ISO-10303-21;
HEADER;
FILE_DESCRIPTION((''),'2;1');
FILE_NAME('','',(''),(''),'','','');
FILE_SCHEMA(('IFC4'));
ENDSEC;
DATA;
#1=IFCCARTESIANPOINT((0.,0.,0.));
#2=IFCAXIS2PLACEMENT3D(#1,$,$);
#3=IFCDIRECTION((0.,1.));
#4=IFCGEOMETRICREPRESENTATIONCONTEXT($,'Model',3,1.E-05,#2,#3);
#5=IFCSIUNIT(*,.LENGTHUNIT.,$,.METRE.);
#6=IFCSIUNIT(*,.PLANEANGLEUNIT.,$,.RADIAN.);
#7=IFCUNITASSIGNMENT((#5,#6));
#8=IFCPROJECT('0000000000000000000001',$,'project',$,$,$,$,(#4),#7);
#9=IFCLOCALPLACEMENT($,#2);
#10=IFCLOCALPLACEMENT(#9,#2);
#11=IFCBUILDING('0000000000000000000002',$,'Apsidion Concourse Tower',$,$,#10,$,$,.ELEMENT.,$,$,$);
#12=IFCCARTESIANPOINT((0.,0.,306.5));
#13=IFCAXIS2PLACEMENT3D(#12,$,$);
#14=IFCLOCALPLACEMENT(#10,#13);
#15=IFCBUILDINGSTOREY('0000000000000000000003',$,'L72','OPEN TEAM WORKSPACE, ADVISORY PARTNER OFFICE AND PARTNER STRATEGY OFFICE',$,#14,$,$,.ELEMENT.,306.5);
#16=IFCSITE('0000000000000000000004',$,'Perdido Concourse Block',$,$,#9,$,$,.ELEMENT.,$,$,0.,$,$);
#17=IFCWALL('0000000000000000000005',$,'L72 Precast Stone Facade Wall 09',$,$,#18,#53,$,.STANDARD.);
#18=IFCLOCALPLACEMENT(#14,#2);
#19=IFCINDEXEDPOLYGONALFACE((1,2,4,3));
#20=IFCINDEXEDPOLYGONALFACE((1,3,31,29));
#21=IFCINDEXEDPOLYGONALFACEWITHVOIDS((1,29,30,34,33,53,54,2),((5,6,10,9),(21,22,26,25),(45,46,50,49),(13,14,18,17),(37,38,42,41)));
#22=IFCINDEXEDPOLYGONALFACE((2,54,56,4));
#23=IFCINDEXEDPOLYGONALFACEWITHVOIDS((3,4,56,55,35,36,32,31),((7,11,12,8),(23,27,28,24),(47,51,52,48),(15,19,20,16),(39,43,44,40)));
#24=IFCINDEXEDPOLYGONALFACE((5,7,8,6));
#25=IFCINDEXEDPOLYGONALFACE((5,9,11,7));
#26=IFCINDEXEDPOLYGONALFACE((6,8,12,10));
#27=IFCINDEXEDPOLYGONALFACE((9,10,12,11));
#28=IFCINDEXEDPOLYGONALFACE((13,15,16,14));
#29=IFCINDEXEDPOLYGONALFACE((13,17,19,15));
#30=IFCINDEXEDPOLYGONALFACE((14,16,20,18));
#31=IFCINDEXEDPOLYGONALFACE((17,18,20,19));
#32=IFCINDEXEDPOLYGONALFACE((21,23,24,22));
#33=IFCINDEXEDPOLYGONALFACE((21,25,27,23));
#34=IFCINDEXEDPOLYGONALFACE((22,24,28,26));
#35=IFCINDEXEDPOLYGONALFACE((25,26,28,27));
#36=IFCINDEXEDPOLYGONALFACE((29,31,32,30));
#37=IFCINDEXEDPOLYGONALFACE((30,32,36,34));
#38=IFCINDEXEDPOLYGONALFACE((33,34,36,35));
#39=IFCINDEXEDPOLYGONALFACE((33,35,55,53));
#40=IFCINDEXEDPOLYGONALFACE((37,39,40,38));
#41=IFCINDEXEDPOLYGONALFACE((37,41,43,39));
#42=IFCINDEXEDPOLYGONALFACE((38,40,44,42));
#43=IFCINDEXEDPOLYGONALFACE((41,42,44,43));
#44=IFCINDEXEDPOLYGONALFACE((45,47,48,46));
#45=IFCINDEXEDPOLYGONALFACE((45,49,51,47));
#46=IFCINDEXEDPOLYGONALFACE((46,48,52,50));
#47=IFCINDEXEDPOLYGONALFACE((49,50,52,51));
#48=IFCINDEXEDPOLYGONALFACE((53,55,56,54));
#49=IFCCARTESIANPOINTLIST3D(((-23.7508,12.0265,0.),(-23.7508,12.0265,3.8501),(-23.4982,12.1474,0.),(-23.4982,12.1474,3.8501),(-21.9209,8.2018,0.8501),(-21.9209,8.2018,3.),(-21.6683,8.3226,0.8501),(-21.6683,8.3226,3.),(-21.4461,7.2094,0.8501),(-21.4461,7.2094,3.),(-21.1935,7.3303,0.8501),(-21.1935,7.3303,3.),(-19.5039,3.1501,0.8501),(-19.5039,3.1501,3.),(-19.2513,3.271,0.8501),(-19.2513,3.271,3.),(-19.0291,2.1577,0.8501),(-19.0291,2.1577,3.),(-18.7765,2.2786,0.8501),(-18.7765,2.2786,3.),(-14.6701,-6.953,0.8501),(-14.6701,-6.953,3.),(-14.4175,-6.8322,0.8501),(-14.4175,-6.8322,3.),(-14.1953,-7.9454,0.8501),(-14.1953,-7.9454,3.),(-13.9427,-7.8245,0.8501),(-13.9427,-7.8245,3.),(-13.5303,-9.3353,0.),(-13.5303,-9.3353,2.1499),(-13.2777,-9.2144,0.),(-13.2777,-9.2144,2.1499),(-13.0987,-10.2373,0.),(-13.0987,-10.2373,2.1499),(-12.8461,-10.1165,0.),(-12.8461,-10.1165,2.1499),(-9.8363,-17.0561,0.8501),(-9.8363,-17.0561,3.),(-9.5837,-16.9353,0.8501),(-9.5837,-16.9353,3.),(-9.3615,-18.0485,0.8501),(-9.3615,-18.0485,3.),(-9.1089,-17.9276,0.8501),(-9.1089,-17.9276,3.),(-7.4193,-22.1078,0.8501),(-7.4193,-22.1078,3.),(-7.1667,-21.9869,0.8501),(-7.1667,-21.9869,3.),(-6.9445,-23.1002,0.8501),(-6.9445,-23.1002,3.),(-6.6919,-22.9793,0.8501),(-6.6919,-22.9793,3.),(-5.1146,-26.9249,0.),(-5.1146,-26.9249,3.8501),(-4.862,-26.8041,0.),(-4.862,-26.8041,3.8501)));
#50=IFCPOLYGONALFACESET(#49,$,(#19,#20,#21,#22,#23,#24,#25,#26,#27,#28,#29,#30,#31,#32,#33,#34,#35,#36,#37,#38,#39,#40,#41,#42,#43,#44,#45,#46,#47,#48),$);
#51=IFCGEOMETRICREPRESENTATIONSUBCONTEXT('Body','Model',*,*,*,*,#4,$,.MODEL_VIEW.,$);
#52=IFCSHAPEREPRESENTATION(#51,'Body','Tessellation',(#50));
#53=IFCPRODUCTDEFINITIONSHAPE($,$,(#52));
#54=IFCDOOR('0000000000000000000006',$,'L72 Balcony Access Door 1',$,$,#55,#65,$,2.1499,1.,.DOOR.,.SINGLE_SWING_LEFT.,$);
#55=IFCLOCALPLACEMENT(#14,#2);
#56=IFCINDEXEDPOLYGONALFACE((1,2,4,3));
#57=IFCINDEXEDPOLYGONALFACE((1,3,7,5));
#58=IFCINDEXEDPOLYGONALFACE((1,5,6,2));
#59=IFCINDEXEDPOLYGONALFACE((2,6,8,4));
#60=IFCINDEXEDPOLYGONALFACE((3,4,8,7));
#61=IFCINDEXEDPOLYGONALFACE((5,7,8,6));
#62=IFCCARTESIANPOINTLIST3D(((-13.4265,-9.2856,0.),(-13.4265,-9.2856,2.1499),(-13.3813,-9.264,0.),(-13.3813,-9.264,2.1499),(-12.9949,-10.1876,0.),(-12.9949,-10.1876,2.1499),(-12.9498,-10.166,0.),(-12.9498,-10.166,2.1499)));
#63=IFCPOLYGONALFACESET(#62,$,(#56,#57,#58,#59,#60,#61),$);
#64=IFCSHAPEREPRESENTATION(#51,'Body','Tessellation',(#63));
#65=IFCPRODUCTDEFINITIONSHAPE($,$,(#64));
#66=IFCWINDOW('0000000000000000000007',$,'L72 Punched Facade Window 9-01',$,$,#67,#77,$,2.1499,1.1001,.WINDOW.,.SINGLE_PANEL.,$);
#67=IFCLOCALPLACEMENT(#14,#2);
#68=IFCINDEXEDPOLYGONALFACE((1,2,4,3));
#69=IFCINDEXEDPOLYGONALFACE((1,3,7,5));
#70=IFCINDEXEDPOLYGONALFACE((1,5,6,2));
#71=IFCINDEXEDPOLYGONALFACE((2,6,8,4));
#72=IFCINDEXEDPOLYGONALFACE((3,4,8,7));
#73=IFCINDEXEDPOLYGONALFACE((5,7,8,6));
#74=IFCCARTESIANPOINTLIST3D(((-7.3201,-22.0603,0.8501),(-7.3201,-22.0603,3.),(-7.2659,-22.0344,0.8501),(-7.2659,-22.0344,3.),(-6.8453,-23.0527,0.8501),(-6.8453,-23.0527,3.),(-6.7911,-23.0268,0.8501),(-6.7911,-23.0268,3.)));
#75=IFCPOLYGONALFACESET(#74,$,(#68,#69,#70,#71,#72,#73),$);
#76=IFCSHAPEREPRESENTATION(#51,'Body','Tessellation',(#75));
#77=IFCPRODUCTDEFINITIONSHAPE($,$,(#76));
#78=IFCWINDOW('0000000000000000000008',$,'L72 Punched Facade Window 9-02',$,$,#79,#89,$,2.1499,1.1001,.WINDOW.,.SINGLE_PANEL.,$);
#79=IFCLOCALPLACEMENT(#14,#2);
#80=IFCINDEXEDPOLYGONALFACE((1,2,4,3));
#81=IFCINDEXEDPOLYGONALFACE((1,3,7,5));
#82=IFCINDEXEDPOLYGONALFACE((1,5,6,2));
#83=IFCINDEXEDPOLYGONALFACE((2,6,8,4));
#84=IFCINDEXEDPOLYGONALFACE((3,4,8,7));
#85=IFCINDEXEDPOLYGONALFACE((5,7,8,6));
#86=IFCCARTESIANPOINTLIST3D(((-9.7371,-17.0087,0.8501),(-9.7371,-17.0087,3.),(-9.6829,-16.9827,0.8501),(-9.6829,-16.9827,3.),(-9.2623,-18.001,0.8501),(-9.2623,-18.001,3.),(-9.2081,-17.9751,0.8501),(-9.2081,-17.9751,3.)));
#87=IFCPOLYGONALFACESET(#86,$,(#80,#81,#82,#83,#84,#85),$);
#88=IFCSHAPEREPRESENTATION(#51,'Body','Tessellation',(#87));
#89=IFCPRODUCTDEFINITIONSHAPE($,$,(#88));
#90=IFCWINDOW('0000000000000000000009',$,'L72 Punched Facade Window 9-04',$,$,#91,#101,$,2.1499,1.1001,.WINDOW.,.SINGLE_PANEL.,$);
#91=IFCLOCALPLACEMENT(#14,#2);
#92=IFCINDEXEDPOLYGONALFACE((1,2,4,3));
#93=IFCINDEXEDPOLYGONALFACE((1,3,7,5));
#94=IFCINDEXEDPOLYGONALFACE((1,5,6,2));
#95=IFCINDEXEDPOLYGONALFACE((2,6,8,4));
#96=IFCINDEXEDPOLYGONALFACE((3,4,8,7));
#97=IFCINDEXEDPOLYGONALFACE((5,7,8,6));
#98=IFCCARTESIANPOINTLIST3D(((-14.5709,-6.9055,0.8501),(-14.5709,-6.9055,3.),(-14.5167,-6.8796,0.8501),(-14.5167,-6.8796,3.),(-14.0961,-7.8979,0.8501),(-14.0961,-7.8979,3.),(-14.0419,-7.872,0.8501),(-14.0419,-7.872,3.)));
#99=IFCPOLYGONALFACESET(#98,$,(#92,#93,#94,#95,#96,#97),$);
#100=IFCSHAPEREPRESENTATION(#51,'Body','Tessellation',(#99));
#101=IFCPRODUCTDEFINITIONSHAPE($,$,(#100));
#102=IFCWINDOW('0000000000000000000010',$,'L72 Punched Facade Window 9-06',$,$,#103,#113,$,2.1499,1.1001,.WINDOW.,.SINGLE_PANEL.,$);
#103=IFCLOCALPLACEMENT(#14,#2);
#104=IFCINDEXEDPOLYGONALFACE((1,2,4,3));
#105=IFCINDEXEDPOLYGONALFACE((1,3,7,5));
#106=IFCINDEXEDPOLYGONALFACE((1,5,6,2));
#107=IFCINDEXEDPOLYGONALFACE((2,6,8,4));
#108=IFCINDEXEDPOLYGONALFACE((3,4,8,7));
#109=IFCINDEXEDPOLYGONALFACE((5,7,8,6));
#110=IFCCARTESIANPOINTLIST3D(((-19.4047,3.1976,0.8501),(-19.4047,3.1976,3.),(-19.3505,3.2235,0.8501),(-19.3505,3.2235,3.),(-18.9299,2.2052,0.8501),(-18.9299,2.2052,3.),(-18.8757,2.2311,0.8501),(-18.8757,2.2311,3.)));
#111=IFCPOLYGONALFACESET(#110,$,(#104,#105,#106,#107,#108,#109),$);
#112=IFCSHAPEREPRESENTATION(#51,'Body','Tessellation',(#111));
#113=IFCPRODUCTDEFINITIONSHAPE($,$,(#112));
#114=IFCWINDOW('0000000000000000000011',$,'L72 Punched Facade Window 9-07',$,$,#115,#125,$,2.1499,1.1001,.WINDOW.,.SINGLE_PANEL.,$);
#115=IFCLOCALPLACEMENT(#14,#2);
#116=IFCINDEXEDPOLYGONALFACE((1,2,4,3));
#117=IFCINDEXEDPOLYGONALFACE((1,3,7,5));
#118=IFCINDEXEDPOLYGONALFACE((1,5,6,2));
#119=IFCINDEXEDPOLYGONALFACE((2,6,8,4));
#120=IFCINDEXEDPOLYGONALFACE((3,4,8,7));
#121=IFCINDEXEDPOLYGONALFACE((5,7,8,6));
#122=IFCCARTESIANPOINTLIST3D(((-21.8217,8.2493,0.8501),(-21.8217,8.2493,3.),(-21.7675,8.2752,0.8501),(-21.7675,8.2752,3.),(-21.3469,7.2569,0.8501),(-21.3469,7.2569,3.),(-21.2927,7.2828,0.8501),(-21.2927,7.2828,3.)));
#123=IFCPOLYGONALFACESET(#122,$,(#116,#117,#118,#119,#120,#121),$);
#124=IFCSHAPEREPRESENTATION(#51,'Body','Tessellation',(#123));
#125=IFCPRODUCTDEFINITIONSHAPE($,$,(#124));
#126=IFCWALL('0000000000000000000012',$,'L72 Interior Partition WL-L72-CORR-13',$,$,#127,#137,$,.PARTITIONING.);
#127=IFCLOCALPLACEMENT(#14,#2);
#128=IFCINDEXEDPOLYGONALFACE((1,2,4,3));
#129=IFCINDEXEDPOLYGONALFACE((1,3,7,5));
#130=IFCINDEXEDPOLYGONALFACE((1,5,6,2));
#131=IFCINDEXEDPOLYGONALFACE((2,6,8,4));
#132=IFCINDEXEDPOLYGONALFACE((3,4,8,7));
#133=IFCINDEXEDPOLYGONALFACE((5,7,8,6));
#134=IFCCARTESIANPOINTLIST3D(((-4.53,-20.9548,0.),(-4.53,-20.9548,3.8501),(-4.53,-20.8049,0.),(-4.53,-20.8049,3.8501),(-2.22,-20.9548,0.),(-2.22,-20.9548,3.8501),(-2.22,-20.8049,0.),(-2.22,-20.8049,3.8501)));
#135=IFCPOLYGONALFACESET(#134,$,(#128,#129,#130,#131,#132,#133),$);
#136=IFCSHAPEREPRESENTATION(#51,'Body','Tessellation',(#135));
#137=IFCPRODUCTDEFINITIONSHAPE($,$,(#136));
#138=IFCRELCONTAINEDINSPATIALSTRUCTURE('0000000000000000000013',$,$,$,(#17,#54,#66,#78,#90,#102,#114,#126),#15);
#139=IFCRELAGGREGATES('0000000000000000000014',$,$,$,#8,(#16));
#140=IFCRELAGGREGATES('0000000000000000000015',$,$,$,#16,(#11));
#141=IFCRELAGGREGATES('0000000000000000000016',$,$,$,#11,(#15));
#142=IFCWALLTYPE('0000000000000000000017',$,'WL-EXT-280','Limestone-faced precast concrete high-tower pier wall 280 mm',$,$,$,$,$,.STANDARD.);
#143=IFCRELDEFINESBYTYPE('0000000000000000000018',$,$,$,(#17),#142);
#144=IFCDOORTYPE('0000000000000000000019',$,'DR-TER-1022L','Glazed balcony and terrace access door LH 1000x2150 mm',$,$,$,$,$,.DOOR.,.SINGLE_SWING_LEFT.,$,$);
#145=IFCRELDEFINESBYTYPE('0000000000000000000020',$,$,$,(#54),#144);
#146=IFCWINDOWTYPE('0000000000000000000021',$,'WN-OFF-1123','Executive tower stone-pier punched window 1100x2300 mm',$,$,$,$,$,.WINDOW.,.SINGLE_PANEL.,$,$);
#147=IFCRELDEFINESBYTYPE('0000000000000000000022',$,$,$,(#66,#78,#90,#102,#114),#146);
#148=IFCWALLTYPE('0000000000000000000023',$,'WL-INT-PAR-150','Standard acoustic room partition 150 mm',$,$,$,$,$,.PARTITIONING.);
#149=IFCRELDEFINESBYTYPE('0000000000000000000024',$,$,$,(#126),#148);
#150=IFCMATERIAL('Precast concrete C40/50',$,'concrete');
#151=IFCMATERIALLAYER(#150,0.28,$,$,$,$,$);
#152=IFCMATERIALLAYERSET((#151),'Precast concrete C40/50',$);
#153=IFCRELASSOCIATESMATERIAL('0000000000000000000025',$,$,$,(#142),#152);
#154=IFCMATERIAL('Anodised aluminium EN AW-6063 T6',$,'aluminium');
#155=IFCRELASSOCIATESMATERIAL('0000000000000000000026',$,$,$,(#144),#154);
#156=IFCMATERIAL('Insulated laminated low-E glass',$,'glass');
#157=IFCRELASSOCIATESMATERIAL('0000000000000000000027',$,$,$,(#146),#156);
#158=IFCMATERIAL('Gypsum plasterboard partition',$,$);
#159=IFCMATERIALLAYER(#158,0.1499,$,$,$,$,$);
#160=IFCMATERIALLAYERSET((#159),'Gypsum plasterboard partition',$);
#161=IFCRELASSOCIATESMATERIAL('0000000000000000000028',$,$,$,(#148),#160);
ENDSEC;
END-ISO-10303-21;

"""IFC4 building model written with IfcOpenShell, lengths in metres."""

from ifc_helpers import new_model, si_unit, direction, frame, frame_2d, origin, place, context, subcontext, project, spatial, rectangle, extrude, material, layer, layer_set, type_object, element, fill, save


model = new_model("IFC4")

# Units and contexts
model_context = context("Model", 3, precision=1e-05, world=origin(), true_north=direction((0.0, 1.0)))
body_context = subcontext(model_context, "Body", "Model", "MODEL_VIEW")
ifc_project = project(units=[si_unit("LENGTHUNIT", "METRE"), si_unit("PLANEANGLEUNIT", "RADIAN")], contexts=[model_context])

# Site, building, storey
site_placement = place(None, origin())
site = spatial("IfcSite", under=ifc_project, at=site_placement, Name="Perdido Concourse Block", CompositionType="ELEMENT", RefElevation=0.0)
building_placement = place(site_placement, origin())
building = spatial("IfcBuilding", under=site, at=building_placement, Name="Apsidion Concourse Tower", CompositionType="ELEMENT")
storey_placement = place(building_placement, frame((0.0, 0.0, 306.5)))
storey = spatial("IfcBuildingStorey", under=building, at=storey_placement, Name="L72", Description="OPEN TEAM WORKSPACE, ADVISORY PARTNER OFFICE AND PARTNER STRATEGY OFFICE", CompositionType="ELEMENT", Elevation=306.5)

# Shared definitions
ifc_material_1 = material(Name="Precast concrete C40/50", Category="concrete")
ifc_layer_1 = layer(ifc_material_1, 0.28)
ifc_layer_set_1 = layer_set([ifc_layer_1], Name="Precast concrete C40/50")
wall_type_1 = type_object("IfcWallType", Name="WL-EXT-280", Description="Limestone-faced precast concrete high-tower pier wall 280 mm", PredefinedType="STANDARD", material=ifc_layer_set_1)

# Wall, openings, door, windows
wall_1_placement = place(storey_placement, frame((-4.9883, -26.8645, 0.0), z_axis=(0.0, 0.0, 1.0), x_axis=(-0.431593, 0.902068, 0.0)))
wall_1 = element("IfcWall", 1, at=wall_1_placement, inside=storey, type_object=wall_type_1, Name="L72 Precast Stone Facade Wall 09", PredefinedType="STANDARD", context=body_context, shape_type="SweptSolid", body=[
    extrude(rectangle(XDim=43.1802, YDim=0.28, at=frame_2d((21.5901, 0.0))), origin(), (0.0, 0.0, 1.0), 3.8501),
])
opening_1_placement = place(wall_1_placement, frame((18.4993, 0.0, 0.0)))
opening_1 = element("IfcOpeningElement", 2, at=opening_1_placement, cuts=wall_1, PredefinedType="OPENING", context=body_context, shape_type="SweptSolid", body=[
    extrude(rectangle(XDim=1.0, YDim=2.1499, at=frame_2d((0.5, 1.075))), frame((0.0, 0.1499, 0.0), z_axis=(0.0, -1.0, 0.0), x_axis=(1.0, 0.0, 0.0)), (0.0, 0.0, 1.0), 0.3),
])
opening_2_placement = place(wall_1_placement, frame((4.24, 0.0, 0.8501)))
opening_2 = element("IfcOpeningElement", 3, at=opening_2_placement, cuts=wall_1, PredefinedType="OPENING", context=body_context, shape_type="SweptSolid", body=[
    extrude(rectangle(XDim=1.1001, YDim=2.1499, at=frame_2d((0.55, 1.075))), frame((0.0, 0.1499, 0.0), z_axis=(0.0, -1.0, 0.0), x_axis=(1.0, 0.0, 0.0)), (0.0, 0.0, 1.0), 0.3),
])
opening_3_placement = place(wall_1_placement, frame((9.8401, 0.0, 0.8501)))
opening_3 = element("IfcOpeningElement", 4, at=opening_3_placement, cuts=wall_1, PredefinedType="OPENING", context=body_context, shape_type="SweptSolid", body=[
    extrude(rectangle(XDim=1.1001, YDim=2.1499, at=frame_2d((0.55, 1.075))), frame((0.0, 0.1499, 0.0), z_axis=(0.0, -1.0, 0.0), x_axis=(1.0, 0.0, 0.0)), (0.0, 0.0, 1.0), 0.3),
])
opening_4_placement = place(wall_1_placement, frame((21.04, 0.0, 0.8501)))
opening_4 = element("IfcOpeningElement", 5, at=opening_4_placement, cuts=wall_1, PredefinedType="OPENING", context=body_context, shape_type="SweptSolid", body=[
    extrude(rectangle(XDim=1.1001, YDim=2.1499, at=frame_2d((0.55, 1.075))), frame((0.0, 0.1499, 0.0), z_axis=(0.0, -1.0, 0.0), x_axis=(1.0, 0.0, 0.0)), (0.0, 0.0, 1.0), 0.3),
])
opening_5_placement = place(wall_1_placement, frame((32.24, 0.0, 0.8501)))
opening_5 = element("IfcOpeningElement", 6, at=opening_5_placement, cuts=wall_1, PredefinedType="OPENING", context=body_context, shape_type="SweptSolid", body=[
    extrude(rectangle(XDim=1.1001, YDim=2.1499, at=frame_2d((0.55, 1.075))), frame((0.0, 0.1499, 0.0), z_axis=(0.0, -1.0, 0.0), x_axis=(1.0, 0.0, 0.0)), (0.0, 0.0, 1.0), 0.3),
])
opening_6_placement = place(wall_1_placement, frame((37.8401, 0.0, 0.8501)))
opening_6 = element("IfcOpeningElement", 7, at=opening_6_placement, cuts=wall_1, PredefinedType="OPENING", context=body_context, shape_type="SweptSolid", body=[
    extrude(rectangle(XDim=1.1001, YDim=2.1499, at=frame_2d((0.55, 1.075))), frame((0.0, 0.1499, 0.0), z_axis=(0.0, -1.0, 0.0), x_axis=(1.0, 0.0, 0.0)), (0.0, 0.0, 1.0), 0.3),
])
ifc_material_2 = material(Name="Anodised aluminium EN AW-6063 T6", Category="aluminium")
door_type_1 = type_object("IfcDoorType", Name="DR-TER-1022L", Description="Glazed balcony and terrace access door LH 1000x2150 mm", OperationType="SINGLE_SWING_LEFT", PredefinedType="DOOR", material=ifc_material_2)
door_1_placement = place(opening_1_placement, origin())
door_1 = element("IfcDoor", 8, at=door_1_placement, inside=storey, type_object=door_type_1, Name="L72 Balcony Access Door 1", OperationType="SINGLE_SWING_LEFT", OverallHeight=2.1499, OverallWidth=1.0, PredefinedType="DOOR", context=body_context, shape_type="SweptSolid", body=[
    extrude(rectangle(XDim=1.0, YDim=2.1499, at=frame_2d((0.5, 1.075))), frame((0.0, 0.0249, 0.0), z_axis=(0.0, -1.0, 0.0), x_axis=(1.0, 0.0, 0.0)), (0.0, 0.0, 1.0), 0.05),
])
fill(opening_1, door_1)
ifc_material_3 = material(Name="Insulated laminated low-E glass", Category="glass")
window_type = type_object("IfcWindowType", Name="WN-OFF-1123", Description="Executive tower stone-pier punched window 1100x2300 mm", PartitioningType="SINGLE_PANEL", PredefinedType="WINDOW", material=ifc_material_3)
window_1_placement = place(opening_2_placement, origin())
window_1 = element("IfcWindow", 9, at=window_1_placement, inside=storey, type_object=window_type, Name="L72 Punched Facade Window 9-01", OverallHeight=2.1499, OverallWidth=1.1001, PartitioningType="SINGLE_PANEL", PredefinedType="WINDOW", context=body_context, shape_type="SweptSolid", body=[
    extrude(rectangle(XDim=1.1001, YDim=2.1499, at=frame_2d((0.55, 1.075))), frame((0.0, 0.03, 0.0), z_axis=(0.0, -1.0, 0.0), x_axis=(1.0, 0.0, 0.0)), (0.0, 0.0, 1.0), 0.0601),
])
fill(opening_2, window_1)
window_2_placement = place(opening_3_placement, origin())
window_2 = element("IfcWindow", 10, at=window_2_placement, inside=storey, type_object=window_type, Name="L72 Punched Facade Window 9-02", OverallHeight=2.1499, OverallWidth=1.1001, PartitioningType="SINGLE_PANEL", PredefinedType="WINDOW", context=body_context, shape_type="SweptSolid", body=[
    extrude(rectangle(XDim=1.1001, YDim=2.1499, at=frame_2d((0.55, 1.075))), frame((0.0, 0.03, 0.0), z_axis=(0.0, -1.0, 0.0), x_axis=(1.0, 0.0, 0.0)), (0.0, 0.0, 1.0), 0.0601),
])
fill(opening_3, window_2)
window_3_placement = place(opening_4_placement, origin())
window_3 = element("IfcWindow", 11, at=window_3_placement, inside=storey, type_object=window_type, Name="L72 Punched Facade Window 9-04", OverallHeight=2.1499, OverallWidth=1.1001, PartitioningType="SINGLE_PANEL", PredefinedType="WINDOW", context=body_context, shape_type="SweptSolid", body=[
    extrude(rectangle(XDim=1.1001, YDim=2.1499, at=frame_2d((0.55, 1.075))), frame((0.0, 0.03, 0.0), z_axis=(0.0, -1.0, 0.0), x_axis=(1.0, 0.0, 0.0)), (0.0, 0.0, 1.0), 0.0601),
])
fill(opening_4, window_3)
window_4_placement = place(opening_5_placement, origin())
window_4 = element("IfcWindow", 12, at=window_4_placement, inside=storey, type_object=window_type, Name="L72 Punched Facade Window 9-06", OverallHeight=2.1499, OverallWidth=1.1001, PartitioningType="SINGLE_PANEL", PredefinedType="WINDOW", context=body_context, shape_type="SweptSolid", body=[
    extrude(rectangle(XDim=1.1001, YDim=2.1499, at=frame_2d((0.55, 1.075))), frame((0.0, 0.03, 0.0), z_axis=(0.0, -1.0, 0.0), x_axis=(1.0, 0.0, 0.0)), (0.0, 0.0, 1.0), 0.0601),
])
fill(opening_5, window_4)
window_5_placement = place(opening_6_placement, origin())
window_5 = element("IfcWindow", 13, at=window_5_placement, inside=storey, type_object=window_type, Name="L72 Punched Facade Window 9-07", OverallHeight=2.1499, OverallWidth=1.1001, PartitioningType="SINGLE_PANEL", PredefinedType="WINDOW", context=body_context, shape_type="SweptSolid", body=[
    extrude(rectangle(XDim=1.1001, YDim=2.1499, at=frame_2d((0.55, 1.075))), frame((0.0, 0.03, 0.0), z_axis=(0.0, -1.0, 0.0), x_axis=(1.0, 0.0, 0.0)), (0.0, 0.0, 1.0), 0.0601),
])
fill(opening_6, window_5)

# Wall
ifc_material_4 = material(Name="Gypsum plasterboard partition")
ifc_layer_2 = layer(ifc_material_4, 0.1499)
ifc_layer_set_2 = layer_set([ifc_layer_2], Name="Gypsum plasterboard partition")
wall_type_2 = type_object("IfcWallType", Name="WL-INT-PAR-150", Description="Standard acoustic room partition 150 mm", PredefinedType="PARTITIONING", material=ifc_layer_set_2)
wall_2_placement = place(storey_placement, frame((-2.22, -20.8799, 0.0), z_axis=(0.0, 0.0, 1.0), x_axis=(-1.0, 0.0, 0.0)))
element("IfcWall", 14, at=wall_2_placement, inside=storey, type_object=wall_type_2, Name="L72 Interior Partition WL-L72-CORR-13", PredefinedType="PARTITIONING", context=body_context, shape_type="SweptSolid", body=[
    extrude(rectangle(XDim=2.3101, YDim=0.1499, at=frame_2d((1.155, 0.0))), origin(), (0.0, 0.0, 1.0), 3.8501),
])

save(model, "model.ifc")
